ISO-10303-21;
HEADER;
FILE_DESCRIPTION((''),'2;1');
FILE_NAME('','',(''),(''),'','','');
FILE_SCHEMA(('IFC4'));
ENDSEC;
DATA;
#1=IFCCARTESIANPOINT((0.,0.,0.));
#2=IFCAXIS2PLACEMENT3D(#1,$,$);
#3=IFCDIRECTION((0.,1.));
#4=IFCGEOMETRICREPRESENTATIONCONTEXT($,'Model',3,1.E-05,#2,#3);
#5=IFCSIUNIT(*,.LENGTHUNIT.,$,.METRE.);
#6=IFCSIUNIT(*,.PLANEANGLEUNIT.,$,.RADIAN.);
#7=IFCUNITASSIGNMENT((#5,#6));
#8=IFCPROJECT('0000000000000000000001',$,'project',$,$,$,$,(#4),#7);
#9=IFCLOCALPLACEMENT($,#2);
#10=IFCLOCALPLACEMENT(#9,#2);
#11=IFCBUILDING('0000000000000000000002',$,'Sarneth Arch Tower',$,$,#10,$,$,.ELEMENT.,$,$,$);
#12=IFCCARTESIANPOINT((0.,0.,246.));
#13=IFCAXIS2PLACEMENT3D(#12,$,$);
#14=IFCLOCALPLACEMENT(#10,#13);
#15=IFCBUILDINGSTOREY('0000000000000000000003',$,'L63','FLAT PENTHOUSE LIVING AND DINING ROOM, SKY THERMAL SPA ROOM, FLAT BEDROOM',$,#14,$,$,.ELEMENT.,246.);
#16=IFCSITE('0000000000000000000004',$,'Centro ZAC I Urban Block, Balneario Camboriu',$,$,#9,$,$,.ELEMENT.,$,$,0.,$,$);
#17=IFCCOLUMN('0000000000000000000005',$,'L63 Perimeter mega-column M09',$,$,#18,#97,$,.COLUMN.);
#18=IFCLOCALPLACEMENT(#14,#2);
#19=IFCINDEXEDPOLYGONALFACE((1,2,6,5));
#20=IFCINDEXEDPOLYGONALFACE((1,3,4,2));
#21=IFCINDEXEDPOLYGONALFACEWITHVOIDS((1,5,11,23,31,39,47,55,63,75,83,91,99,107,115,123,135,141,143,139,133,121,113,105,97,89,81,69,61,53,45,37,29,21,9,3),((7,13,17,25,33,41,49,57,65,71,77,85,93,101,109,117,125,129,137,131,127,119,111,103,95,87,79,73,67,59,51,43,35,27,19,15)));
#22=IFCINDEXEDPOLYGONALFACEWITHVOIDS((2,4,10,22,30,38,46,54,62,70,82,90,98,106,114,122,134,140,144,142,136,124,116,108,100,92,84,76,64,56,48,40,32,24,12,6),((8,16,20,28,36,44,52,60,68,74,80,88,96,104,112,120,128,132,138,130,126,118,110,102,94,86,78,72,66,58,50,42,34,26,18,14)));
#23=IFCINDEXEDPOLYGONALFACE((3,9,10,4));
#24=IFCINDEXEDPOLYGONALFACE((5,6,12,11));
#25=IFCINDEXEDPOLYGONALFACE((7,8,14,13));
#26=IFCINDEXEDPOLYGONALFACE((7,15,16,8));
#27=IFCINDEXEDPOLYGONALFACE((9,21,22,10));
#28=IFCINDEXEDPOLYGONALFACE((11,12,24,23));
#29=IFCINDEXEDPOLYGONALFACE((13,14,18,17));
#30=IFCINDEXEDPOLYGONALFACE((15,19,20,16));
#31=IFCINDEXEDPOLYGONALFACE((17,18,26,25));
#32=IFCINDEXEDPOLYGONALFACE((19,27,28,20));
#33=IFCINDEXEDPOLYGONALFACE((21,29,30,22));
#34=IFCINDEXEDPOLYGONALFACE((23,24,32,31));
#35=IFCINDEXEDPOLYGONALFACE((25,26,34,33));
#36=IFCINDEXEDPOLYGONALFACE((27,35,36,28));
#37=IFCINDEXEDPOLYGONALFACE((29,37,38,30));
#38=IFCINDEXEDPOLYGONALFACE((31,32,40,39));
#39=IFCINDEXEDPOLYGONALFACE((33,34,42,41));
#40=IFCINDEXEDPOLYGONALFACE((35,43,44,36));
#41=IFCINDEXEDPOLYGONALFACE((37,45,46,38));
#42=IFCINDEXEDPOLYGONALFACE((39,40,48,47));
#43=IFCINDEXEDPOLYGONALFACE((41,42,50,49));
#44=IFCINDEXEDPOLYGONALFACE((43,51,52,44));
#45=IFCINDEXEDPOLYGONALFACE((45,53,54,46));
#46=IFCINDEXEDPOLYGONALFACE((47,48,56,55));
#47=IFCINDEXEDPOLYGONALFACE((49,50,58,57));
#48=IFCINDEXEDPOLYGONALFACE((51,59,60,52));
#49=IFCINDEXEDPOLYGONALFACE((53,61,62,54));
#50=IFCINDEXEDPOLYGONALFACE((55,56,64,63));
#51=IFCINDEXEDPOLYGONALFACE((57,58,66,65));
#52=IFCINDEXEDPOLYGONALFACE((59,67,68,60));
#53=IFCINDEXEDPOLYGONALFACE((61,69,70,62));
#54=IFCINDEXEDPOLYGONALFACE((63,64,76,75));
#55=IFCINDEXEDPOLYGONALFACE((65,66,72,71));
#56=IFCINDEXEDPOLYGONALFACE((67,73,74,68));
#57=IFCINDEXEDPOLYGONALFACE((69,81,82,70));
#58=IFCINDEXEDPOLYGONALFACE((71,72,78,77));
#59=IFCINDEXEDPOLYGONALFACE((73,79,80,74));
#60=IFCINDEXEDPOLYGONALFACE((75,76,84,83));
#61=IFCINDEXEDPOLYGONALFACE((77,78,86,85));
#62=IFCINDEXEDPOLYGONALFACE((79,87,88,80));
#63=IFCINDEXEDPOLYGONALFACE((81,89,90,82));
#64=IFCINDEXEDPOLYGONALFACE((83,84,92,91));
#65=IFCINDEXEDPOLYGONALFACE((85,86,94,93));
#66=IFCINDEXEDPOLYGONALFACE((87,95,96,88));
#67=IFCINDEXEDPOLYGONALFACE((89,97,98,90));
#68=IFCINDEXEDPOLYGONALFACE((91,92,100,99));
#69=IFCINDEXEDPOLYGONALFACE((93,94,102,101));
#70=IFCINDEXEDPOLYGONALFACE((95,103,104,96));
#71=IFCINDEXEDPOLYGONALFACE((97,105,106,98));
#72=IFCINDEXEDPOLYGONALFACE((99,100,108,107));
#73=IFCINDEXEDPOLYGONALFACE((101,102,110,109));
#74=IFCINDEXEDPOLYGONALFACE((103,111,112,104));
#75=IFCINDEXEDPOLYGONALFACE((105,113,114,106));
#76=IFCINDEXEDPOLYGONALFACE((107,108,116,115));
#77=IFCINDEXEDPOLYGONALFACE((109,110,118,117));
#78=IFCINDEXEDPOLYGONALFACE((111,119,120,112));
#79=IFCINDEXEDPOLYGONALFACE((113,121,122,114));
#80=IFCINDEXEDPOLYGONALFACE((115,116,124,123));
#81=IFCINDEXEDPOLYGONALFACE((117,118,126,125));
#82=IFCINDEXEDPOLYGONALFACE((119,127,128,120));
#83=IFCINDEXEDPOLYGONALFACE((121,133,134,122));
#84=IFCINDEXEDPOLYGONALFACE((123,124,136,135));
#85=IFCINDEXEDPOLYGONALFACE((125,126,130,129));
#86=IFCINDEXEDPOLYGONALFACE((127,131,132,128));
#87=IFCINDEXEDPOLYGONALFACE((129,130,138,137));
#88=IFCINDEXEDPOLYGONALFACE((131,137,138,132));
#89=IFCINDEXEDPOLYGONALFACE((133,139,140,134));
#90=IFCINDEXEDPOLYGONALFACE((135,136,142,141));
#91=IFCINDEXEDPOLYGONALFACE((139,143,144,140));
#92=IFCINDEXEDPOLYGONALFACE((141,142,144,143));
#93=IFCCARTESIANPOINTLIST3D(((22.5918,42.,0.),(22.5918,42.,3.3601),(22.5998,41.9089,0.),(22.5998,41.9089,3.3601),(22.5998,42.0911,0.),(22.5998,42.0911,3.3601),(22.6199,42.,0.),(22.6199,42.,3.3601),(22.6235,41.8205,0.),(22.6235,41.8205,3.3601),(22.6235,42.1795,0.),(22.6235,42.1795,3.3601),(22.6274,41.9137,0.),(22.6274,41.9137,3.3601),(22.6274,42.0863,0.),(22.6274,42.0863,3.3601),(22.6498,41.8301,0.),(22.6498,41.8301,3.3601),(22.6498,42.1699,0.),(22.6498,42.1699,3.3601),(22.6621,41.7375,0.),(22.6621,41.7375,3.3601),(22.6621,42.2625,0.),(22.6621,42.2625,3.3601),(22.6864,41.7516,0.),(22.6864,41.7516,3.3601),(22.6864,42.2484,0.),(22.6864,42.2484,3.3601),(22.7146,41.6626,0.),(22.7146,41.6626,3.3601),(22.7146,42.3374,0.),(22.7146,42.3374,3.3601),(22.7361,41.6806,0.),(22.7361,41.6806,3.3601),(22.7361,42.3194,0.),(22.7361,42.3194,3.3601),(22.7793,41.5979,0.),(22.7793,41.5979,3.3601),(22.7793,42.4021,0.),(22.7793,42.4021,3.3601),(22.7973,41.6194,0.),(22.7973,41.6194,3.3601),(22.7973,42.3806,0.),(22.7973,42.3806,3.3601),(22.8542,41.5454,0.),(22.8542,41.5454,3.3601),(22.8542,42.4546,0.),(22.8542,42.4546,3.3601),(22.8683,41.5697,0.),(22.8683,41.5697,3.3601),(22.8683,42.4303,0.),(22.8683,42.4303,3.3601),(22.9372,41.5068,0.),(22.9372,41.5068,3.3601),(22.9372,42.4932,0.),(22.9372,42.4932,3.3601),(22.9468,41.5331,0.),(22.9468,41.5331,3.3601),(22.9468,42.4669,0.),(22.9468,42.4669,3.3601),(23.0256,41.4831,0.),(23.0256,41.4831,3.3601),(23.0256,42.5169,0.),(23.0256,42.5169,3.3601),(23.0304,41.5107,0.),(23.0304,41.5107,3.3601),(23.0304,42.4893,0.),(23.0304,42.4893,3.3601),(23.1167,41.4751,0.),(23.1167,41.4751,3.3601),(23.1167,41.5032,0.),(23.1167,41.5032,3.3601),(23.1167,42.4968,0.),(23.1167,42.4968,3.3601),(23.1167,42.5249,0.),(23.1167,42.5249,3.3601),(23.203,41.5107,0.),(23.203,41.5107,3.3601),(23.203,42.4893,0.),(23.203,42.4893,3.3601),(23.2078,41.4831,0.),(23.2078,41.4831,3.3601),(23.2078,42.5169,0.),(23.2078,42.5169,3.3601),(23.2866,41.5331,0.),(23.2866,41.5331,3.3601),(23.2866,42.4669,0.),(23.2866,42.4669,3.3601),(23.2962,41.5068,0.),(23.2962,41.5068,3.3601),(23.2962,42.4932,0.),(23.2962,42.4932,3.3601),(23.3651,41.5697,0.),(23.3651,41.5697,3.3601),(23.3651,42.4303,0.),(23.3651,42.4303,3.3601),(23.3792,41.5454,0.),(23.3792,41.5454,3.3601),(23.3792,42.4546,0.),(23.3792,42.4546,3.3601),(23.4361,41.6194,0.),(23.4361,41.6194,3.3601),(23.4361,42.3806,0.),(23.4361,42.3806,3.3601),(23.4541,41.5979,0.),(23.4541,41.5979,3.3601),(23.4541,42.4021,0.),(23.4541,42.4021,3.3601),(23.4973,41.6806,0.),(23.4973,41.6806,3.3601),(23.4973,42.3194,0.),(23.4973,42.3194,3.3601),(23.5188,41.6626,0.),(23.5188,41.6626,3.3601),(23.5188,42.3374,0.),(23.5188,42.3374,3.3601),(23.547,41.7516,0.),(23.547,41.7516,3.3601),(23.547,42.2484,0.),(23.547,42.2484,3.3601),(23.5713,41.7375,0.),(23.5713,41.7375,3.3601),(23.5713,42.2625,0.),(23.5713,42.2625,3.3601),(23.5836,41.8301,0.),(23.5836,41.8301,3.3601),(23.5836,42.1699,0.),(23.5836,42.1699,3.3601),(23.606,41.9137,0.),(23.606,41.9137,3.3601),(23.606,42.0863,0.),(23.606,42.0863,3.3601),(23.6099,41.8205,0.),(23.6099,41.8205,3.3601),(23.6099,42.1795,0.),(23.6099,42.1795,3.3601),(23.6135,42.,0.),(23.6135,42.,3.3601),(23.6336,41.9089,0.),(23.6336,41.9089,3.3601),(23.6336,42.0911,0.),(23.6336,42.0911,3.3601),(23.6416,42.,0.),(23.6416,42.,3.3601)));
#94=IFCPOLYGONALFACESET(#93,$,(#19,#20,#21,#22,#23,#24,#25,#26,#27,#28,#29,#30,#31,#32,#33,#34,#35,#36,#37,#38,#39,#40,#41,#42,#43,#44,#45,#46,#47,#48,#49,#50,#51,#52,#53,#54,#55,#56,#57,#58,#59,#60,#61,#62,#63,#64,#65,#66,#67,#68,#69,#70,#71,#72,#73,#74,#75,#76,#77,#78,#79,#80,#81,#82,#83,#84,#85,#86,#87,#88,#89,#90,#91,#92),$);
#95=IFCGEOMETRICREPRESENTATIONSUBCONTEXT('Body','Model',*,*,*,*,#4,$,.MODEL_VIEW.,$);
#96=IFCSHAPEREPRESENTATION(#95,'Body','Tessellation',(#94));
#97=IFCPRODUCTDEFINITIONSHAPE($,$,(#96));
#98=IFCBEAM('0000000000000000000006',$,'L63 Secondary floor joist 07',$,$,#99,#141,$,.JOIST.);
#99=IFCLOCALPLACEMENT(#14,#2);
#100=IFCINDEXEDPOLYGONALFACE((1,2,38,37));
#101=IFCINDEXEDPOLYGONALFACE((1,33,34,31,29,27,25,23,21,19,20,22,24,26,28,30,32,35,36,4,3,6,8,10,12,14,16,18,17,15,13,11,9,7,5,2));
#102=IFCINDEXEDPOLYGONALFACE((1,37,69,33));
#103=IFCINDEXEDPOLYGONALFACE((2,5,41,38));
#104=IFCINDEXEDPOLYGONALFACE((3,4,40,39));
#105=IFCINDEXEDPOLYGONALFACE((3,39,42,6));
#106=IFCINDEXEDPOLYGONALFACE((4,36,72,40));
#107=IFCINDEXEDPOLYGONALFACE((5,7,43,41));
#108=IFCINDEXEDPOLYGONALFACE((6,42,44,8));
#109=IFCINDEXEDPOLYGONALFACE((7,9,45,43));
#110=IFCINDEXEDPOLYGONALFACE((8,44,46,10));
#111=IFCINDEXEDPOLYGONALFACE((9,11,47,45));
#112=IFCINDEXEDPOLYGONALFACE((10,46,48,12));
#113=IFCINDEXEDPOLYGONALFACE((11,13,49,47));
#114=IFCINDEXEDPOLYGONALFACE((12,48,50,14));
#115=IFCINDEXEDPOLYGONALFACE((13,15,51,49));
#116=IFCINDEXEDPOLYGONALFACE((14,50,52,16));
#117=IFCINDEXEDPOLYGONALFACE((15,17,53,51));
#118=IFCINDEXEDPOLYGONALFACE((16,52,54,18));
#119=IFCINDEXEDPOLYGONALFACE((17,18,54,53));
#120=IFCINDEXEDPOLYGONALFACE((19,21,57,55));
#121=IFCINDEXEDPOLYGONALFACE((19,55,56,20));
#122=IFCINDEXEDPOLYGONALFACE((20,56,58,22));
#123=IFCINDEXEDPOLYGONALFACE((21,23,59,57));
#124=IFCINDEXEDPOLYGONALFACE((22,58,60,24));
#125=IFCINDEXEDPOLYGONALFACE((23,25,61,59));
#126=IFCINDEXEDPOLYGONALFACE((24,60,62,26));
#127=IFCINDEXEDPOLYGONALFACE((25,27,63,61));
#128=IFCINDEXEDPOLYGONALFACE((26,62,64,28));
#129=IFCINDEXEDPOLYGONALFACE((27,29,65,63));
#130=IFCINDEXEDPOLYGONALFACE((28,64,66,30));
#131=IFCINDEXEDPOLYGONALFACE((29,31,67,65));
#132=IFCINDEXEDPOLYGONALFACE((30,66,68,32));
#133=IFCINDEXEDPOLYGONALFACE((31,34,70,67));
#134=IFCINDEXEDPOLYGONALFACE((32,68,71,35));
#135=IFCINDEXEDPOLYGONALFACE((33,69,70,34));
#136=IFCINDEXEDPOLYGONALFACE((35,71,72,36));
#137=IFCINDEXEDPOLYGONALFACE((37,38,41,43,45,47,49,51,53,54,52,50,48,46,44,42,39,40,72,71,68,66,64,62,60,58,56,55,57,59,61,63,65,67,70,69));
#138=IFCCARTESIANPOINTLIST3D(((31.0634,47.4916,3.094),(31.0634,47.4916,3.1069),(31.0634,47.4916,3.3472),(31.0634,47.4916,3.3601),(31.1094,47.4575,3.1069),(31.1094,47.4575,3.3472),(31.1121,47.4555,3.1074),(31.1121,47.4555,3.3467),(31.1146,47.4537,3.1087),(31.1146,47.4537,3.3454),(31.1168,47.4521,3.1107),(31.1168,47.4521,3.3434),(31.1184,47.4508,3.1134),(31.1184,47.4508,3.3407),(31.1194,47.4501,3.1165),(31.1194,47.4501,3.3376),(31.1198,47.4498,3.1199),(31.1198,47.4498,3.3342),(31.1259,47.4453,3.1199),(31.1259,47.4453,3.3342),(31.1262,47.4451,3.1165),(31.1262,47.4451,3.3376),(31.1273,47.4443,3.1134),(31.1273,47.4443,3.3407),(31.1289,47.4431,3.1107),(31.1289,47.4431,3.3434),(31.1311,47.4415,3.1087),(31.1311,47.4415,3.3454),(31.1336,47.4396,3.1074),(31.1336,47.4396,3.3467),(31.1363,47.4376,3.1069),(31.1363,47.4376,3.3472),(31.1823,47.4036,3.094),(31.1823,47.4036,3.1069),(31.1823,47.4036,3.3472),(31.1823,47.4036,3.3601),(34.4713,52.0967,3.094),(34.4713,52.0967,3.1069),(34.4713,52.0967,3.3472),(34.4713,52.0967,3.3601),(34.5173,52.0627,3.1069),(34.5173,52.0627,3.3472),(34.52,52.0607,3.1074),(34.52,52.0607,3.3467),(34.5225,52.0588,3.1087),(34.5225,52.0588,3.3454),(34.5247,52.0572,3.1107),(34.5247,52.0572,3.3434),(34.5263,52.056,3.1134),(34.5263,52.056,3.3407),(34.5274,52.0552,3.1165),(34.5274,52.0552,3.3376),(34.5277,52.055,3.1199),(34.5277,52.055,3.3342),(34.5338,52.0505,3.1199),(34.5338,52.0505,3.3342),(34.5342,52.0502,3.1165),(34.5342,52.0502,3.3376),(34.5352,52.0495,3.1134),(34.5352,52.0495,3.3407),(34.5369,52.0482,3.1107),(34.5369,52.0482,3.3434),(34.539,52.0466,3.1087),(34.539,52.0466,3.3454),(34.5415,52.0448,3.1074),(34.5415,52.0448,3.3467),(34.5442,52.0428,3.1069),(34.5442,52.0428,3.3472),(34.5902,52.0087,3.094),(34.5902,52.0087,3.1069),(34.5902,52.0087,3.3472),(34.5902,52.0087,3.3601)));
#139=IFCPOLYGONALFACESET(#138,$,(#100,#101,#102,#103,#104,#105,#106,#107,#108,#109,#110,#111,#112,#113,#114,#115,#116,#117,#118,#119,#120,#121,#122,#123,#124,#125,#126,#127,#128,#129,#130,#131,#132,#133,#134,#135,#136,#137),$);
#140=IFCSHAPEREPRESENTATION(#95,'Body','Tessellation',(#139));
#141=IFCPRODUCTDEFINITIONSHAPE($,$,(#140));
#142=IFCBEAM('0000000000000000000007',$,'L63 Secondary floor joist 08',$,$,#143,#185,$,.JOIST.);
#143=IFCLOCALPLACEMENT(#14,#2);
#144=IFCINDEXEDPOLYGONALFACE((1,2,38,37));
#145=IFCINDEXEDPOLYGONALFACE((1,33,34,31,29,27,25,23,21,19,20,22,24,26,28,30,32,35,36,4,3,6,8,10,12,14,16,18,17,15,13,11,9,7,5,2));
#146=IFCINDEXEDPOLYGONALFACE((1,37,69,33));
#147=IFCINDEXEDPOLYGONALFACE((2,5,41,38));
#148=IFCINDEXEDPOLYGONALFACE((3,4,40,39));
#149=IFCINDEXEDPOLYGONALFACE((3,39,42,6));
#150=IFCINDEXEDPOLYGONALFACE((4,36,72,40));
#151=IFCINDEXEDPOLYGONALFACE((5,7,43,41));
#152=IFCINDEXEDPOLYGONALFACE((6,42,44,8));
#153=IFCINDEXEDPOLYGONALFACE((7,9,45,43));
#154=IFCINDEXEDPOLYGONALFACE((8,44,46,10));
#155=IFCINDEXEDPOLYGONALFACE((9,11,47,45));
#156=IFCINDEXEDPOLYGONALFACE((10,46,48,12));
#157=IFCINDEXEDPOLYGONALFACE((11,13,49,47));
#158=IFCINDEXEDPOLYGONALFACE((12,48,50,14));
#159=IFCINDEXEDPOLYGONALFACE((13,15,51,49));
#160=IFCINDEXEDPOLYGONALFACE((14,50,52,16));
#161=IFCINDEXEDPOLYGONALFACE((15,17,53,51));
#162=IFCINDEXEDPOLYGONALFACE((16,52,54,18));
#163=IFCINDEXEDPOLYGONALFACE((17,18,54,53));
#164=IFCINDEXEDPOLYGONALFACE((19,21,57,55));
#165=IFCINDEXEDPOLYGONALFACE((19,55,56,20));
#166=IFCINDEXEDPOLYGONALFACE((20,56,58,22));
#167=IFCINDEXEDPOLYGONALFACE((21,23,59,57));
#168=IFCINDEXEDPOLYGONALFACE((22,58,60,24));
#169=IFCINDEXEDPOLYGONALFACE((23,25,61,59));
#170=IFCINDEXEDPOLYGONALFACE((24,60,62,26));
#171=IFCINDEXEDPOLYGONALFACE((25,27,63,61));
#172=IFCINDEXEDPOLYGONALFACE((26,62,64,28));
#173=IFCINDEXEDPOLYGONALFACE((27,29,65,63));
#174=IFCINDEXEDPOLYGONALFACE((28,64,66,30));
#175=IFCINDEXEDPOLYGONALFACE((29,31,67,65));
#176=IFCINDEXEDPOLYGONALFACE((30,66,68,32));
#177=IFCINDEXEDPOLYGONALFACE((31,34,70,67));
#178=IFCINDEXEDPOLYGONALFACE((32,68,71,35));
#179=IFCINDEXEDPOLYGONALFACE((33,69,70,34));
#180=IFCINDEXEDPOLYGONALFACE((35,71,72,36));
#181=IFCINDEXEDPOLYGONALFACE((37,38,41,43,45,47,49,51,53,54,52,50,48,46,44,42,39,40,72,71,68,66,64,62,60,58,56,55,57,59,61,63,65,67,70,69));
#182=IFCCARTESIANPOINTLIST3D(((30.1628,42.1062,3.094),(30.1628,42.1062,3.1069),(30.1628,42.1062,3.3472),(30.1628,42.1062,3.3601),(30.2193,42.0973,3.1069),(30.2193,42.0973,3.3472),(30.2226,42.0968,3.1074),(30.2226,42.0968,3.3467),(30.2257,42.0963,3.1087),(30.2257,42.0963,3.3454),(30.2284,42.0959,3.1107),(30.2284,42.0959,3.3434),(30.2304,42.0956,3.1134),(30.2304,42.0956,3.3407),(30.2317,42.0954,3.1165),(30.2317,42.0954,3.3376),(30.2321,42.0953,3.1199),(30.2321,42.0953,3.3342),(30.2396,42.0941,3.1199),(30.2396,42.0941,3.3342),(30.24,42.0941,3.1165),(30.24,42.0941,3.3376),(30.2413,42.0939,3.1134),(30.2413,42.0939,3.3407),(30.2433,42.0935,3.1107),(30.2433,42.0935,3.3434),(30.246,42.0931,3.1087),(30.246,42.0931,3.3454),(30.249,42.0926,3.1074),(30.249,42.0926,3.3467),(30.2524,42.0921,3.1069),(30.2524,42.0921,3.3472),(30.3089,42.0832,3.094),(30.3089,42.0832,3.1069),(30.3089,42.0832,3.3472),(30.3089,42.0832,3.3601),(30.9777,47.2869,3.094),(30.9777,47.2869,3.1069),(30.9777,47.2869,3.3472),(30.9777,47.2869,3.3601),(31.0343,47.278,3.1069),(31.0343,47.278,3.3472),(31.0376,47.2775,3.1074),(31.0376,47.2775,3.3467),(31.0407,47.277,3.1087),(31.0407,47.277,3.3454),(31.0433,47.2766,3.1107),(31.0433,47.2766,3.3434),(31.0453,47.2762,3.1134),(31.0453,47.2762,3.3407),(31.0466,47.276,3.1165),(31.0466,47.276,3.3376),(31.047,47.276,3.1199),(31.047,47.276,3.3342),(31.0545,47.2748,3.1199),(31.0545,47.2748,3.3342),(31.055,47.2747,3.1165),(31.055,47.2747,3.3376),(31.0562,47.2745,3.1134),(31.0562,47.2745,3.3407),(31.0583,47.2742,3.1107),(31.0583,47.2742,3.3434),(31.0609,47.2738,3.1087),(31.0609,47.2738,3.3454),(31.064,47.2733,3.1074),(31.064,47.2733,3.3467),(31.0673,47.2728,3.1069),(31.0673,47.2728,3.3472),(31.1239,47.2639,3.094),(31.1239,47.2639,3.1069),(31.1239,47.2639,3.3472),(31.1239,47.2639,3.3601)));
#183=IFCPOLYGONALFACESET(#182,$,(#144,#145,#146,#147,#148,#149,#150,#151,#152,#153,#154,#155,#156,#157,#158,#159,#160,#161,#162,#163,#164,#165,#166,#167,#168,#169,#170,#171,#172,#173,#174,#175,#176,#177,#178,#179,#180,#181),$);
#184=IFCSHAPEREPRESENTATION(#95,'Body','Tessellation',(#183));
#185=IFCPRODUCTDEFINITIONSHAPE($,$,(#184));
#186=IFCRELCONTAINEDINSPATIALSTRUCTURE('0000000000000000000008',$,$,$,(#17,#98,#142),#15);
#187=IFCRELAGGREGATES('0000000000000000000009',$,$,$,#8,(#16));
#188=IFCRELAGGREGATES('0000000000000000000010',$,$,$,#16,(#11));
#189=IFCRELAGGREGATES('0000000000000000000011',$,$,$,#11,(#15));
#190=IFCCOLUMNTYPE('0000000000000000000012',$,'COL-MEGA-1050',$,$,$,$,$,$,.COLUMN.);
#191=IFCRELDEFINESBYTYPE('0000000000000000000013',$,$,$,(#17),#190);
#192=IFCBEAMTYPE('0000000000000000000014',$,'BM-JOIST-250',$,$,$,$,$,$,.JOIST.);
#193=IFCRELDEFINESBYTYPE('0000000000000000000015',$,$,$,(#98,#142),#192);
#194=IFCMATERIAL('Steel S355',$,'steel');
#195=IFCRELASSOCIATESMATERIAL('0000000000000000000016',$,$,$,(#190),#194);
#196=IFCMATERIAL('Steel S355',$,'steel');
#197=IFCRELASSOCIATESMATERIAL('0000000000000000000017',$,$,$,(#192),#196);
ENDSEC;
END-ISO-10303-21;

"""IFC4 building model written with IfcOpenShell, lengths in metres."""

from ifc_helpers import new_model, si_unit, direction, frame, origin, origin_2d, place, context, subcontext, project, spatial, hollow_circle, i_section, extrude, material, material_profile, profile_set, type_object, element, save


model = new_model("IFC4")

# Units and contexts
model_context = context("Model", 3, precision=1e-05, world=origin(), true_north=direction((0.0, 1.0)))
body_context = subcontext(model_context, "Body", "Model", "MODEL_VIEW")
ifc_project = project(units=[si_unit("LENGTHUNIT", "METRE"), si_unit("PLANEANGLEUNIT", "RADIAN")], contexts=[model_context])

# Site, building, storey
site_placement = place(None, origin())
site = spatial("IfcSite", under=ifc_project, at=site_placement, Name="Centro ZAC I Urban Block, Balneario Camboriu", CompositionType="ELEMENT", RefElevation=0.0)
building_placement = place(site_placement, origin())
building = spatial("IfcBuilding", under=site, at=building_placement, Name="Sarneth Arch Tower", CompositionType="ELEMENT")
storey_placement = place(building_placement, frame((0.0, 0.0, 246.0)))
storey = spatial("IfcBuildingStorey", under=building, at=storey_placement, Name="L63", Description="FLAT PENTHOUSE LIVING AND DINING ROOM, SKY THERMAL SPA ROOM, FLAT BEDROOM", CompositionType="ELEMENT", Elevation=246.0)

# Column
ifc_material_1 = material(Name="Steel S355", Category="steel")
ifc_material_profile_1 = material_profile(ifc_material_1, hollow_circle(Radius=0.5249, WallThickness=0.0281, at=origin_2d()), Name="CHS1050x28")
ifc_profile_set_1 = profile_set([ifc_material_profile_1], Name="Steel S355")
column_type = type_object("IfcColumnType", Name="COL-MEGA-1050", PredefinedType="COLUMN", material=ifc_profile_set_1)
for number, where, z_axis, x_axis, name in (
    (1, (23.1167, 42.0, 0.0), (0.0, 0.0, 1.0), (1.0, 0.0, 0.0), "L63 Perimeter mega-column M09"),
):
    element("IfcColumn", number, at=place(storey_placement, frame(where, z_axis=z_axis, x_axis=x_axis)), inside=storey, type_object=column_type, Name=name, PredefinedType="COLUMN", context=body_context, shape_type="SweptSolid", body=[
        extrude(hollow_circle(Radius=0.5249, WallThickness=0.0281, at=origin_2d()), origin(), (0.0, 0.0, 1.0), 3.3601),
    ])

# Beams
ifc_material_2 = material(Name="Steel S355", Category="steel")
ifc_material_profile_2 = material_profile(ifc_material_2, i_section(OverallWidth=0.1479, OverallDepth=0.2661, WebThickness=0.0076, FlangeThickness=0.0129, FilletRadius=0.0129, at=origin_2d()), Name="W250x44.8")
ifc_profile_set_2 = profile_set([ifc_material_profile_2], Name="Steel S355")
beam_type_1 = type_object("IfcBeamType", Name="BM-JOIST-250", PredefinedType="JOIST", material=ifc_profile_set_2)
beam_1_placement = place(storey_placement, frame((34.5308, 52.0527, 3.2271), z_axis=(-0.594853, -0.803834, 0.0), x_axis=(0.803834, -0.594853, 0.0)))
element("IfcBeam", 2, at=beam_1_placement, inside=storey, type_object=beam_type_1, Name="L63 Secondary floor joist 07", PredefinedType="JOIST", context=body_context, shape_type="SweptSolid", body=[
    extrude(i_section(OverallWidth=0.1479, OverallDepth=0.2661, WebThickness=0.0076, FlangeThickness=0.0129, FilletRadius=0.0129, at=origin_2d()), origin(), (0.0, 0.0, 1.0), 5.729),
])
for number, where, z_axis, x_axis, name in (
    (3, (31.0508, 47.2754, 3.2271), (-0.155394, -0.987853, 0.0), (0.987853, -0.155394, 0.0), "L63 Secondary floor joist 08"),
):
    element("IfcBeam", number, at=place(storey_placement, frame(where, z_axis=z_axis, x_axis=x_axis)), inside=storey, type_object=beam_type_1, Name=name, PredefinedType="JOIST", context=body_context, shape_type="SweptSolid", body=[
        extrude(i_section(OverallWidth=0.1479, OverallDepth=0.2661, WebThickness=0.0076, FlangeThickness=0.0129, FilletRadius=0.0129, at=origin_2d()), origin(), (0.0, 0.0, 1.0), 5.2444),
    ])

save(model, "model.ifc")
